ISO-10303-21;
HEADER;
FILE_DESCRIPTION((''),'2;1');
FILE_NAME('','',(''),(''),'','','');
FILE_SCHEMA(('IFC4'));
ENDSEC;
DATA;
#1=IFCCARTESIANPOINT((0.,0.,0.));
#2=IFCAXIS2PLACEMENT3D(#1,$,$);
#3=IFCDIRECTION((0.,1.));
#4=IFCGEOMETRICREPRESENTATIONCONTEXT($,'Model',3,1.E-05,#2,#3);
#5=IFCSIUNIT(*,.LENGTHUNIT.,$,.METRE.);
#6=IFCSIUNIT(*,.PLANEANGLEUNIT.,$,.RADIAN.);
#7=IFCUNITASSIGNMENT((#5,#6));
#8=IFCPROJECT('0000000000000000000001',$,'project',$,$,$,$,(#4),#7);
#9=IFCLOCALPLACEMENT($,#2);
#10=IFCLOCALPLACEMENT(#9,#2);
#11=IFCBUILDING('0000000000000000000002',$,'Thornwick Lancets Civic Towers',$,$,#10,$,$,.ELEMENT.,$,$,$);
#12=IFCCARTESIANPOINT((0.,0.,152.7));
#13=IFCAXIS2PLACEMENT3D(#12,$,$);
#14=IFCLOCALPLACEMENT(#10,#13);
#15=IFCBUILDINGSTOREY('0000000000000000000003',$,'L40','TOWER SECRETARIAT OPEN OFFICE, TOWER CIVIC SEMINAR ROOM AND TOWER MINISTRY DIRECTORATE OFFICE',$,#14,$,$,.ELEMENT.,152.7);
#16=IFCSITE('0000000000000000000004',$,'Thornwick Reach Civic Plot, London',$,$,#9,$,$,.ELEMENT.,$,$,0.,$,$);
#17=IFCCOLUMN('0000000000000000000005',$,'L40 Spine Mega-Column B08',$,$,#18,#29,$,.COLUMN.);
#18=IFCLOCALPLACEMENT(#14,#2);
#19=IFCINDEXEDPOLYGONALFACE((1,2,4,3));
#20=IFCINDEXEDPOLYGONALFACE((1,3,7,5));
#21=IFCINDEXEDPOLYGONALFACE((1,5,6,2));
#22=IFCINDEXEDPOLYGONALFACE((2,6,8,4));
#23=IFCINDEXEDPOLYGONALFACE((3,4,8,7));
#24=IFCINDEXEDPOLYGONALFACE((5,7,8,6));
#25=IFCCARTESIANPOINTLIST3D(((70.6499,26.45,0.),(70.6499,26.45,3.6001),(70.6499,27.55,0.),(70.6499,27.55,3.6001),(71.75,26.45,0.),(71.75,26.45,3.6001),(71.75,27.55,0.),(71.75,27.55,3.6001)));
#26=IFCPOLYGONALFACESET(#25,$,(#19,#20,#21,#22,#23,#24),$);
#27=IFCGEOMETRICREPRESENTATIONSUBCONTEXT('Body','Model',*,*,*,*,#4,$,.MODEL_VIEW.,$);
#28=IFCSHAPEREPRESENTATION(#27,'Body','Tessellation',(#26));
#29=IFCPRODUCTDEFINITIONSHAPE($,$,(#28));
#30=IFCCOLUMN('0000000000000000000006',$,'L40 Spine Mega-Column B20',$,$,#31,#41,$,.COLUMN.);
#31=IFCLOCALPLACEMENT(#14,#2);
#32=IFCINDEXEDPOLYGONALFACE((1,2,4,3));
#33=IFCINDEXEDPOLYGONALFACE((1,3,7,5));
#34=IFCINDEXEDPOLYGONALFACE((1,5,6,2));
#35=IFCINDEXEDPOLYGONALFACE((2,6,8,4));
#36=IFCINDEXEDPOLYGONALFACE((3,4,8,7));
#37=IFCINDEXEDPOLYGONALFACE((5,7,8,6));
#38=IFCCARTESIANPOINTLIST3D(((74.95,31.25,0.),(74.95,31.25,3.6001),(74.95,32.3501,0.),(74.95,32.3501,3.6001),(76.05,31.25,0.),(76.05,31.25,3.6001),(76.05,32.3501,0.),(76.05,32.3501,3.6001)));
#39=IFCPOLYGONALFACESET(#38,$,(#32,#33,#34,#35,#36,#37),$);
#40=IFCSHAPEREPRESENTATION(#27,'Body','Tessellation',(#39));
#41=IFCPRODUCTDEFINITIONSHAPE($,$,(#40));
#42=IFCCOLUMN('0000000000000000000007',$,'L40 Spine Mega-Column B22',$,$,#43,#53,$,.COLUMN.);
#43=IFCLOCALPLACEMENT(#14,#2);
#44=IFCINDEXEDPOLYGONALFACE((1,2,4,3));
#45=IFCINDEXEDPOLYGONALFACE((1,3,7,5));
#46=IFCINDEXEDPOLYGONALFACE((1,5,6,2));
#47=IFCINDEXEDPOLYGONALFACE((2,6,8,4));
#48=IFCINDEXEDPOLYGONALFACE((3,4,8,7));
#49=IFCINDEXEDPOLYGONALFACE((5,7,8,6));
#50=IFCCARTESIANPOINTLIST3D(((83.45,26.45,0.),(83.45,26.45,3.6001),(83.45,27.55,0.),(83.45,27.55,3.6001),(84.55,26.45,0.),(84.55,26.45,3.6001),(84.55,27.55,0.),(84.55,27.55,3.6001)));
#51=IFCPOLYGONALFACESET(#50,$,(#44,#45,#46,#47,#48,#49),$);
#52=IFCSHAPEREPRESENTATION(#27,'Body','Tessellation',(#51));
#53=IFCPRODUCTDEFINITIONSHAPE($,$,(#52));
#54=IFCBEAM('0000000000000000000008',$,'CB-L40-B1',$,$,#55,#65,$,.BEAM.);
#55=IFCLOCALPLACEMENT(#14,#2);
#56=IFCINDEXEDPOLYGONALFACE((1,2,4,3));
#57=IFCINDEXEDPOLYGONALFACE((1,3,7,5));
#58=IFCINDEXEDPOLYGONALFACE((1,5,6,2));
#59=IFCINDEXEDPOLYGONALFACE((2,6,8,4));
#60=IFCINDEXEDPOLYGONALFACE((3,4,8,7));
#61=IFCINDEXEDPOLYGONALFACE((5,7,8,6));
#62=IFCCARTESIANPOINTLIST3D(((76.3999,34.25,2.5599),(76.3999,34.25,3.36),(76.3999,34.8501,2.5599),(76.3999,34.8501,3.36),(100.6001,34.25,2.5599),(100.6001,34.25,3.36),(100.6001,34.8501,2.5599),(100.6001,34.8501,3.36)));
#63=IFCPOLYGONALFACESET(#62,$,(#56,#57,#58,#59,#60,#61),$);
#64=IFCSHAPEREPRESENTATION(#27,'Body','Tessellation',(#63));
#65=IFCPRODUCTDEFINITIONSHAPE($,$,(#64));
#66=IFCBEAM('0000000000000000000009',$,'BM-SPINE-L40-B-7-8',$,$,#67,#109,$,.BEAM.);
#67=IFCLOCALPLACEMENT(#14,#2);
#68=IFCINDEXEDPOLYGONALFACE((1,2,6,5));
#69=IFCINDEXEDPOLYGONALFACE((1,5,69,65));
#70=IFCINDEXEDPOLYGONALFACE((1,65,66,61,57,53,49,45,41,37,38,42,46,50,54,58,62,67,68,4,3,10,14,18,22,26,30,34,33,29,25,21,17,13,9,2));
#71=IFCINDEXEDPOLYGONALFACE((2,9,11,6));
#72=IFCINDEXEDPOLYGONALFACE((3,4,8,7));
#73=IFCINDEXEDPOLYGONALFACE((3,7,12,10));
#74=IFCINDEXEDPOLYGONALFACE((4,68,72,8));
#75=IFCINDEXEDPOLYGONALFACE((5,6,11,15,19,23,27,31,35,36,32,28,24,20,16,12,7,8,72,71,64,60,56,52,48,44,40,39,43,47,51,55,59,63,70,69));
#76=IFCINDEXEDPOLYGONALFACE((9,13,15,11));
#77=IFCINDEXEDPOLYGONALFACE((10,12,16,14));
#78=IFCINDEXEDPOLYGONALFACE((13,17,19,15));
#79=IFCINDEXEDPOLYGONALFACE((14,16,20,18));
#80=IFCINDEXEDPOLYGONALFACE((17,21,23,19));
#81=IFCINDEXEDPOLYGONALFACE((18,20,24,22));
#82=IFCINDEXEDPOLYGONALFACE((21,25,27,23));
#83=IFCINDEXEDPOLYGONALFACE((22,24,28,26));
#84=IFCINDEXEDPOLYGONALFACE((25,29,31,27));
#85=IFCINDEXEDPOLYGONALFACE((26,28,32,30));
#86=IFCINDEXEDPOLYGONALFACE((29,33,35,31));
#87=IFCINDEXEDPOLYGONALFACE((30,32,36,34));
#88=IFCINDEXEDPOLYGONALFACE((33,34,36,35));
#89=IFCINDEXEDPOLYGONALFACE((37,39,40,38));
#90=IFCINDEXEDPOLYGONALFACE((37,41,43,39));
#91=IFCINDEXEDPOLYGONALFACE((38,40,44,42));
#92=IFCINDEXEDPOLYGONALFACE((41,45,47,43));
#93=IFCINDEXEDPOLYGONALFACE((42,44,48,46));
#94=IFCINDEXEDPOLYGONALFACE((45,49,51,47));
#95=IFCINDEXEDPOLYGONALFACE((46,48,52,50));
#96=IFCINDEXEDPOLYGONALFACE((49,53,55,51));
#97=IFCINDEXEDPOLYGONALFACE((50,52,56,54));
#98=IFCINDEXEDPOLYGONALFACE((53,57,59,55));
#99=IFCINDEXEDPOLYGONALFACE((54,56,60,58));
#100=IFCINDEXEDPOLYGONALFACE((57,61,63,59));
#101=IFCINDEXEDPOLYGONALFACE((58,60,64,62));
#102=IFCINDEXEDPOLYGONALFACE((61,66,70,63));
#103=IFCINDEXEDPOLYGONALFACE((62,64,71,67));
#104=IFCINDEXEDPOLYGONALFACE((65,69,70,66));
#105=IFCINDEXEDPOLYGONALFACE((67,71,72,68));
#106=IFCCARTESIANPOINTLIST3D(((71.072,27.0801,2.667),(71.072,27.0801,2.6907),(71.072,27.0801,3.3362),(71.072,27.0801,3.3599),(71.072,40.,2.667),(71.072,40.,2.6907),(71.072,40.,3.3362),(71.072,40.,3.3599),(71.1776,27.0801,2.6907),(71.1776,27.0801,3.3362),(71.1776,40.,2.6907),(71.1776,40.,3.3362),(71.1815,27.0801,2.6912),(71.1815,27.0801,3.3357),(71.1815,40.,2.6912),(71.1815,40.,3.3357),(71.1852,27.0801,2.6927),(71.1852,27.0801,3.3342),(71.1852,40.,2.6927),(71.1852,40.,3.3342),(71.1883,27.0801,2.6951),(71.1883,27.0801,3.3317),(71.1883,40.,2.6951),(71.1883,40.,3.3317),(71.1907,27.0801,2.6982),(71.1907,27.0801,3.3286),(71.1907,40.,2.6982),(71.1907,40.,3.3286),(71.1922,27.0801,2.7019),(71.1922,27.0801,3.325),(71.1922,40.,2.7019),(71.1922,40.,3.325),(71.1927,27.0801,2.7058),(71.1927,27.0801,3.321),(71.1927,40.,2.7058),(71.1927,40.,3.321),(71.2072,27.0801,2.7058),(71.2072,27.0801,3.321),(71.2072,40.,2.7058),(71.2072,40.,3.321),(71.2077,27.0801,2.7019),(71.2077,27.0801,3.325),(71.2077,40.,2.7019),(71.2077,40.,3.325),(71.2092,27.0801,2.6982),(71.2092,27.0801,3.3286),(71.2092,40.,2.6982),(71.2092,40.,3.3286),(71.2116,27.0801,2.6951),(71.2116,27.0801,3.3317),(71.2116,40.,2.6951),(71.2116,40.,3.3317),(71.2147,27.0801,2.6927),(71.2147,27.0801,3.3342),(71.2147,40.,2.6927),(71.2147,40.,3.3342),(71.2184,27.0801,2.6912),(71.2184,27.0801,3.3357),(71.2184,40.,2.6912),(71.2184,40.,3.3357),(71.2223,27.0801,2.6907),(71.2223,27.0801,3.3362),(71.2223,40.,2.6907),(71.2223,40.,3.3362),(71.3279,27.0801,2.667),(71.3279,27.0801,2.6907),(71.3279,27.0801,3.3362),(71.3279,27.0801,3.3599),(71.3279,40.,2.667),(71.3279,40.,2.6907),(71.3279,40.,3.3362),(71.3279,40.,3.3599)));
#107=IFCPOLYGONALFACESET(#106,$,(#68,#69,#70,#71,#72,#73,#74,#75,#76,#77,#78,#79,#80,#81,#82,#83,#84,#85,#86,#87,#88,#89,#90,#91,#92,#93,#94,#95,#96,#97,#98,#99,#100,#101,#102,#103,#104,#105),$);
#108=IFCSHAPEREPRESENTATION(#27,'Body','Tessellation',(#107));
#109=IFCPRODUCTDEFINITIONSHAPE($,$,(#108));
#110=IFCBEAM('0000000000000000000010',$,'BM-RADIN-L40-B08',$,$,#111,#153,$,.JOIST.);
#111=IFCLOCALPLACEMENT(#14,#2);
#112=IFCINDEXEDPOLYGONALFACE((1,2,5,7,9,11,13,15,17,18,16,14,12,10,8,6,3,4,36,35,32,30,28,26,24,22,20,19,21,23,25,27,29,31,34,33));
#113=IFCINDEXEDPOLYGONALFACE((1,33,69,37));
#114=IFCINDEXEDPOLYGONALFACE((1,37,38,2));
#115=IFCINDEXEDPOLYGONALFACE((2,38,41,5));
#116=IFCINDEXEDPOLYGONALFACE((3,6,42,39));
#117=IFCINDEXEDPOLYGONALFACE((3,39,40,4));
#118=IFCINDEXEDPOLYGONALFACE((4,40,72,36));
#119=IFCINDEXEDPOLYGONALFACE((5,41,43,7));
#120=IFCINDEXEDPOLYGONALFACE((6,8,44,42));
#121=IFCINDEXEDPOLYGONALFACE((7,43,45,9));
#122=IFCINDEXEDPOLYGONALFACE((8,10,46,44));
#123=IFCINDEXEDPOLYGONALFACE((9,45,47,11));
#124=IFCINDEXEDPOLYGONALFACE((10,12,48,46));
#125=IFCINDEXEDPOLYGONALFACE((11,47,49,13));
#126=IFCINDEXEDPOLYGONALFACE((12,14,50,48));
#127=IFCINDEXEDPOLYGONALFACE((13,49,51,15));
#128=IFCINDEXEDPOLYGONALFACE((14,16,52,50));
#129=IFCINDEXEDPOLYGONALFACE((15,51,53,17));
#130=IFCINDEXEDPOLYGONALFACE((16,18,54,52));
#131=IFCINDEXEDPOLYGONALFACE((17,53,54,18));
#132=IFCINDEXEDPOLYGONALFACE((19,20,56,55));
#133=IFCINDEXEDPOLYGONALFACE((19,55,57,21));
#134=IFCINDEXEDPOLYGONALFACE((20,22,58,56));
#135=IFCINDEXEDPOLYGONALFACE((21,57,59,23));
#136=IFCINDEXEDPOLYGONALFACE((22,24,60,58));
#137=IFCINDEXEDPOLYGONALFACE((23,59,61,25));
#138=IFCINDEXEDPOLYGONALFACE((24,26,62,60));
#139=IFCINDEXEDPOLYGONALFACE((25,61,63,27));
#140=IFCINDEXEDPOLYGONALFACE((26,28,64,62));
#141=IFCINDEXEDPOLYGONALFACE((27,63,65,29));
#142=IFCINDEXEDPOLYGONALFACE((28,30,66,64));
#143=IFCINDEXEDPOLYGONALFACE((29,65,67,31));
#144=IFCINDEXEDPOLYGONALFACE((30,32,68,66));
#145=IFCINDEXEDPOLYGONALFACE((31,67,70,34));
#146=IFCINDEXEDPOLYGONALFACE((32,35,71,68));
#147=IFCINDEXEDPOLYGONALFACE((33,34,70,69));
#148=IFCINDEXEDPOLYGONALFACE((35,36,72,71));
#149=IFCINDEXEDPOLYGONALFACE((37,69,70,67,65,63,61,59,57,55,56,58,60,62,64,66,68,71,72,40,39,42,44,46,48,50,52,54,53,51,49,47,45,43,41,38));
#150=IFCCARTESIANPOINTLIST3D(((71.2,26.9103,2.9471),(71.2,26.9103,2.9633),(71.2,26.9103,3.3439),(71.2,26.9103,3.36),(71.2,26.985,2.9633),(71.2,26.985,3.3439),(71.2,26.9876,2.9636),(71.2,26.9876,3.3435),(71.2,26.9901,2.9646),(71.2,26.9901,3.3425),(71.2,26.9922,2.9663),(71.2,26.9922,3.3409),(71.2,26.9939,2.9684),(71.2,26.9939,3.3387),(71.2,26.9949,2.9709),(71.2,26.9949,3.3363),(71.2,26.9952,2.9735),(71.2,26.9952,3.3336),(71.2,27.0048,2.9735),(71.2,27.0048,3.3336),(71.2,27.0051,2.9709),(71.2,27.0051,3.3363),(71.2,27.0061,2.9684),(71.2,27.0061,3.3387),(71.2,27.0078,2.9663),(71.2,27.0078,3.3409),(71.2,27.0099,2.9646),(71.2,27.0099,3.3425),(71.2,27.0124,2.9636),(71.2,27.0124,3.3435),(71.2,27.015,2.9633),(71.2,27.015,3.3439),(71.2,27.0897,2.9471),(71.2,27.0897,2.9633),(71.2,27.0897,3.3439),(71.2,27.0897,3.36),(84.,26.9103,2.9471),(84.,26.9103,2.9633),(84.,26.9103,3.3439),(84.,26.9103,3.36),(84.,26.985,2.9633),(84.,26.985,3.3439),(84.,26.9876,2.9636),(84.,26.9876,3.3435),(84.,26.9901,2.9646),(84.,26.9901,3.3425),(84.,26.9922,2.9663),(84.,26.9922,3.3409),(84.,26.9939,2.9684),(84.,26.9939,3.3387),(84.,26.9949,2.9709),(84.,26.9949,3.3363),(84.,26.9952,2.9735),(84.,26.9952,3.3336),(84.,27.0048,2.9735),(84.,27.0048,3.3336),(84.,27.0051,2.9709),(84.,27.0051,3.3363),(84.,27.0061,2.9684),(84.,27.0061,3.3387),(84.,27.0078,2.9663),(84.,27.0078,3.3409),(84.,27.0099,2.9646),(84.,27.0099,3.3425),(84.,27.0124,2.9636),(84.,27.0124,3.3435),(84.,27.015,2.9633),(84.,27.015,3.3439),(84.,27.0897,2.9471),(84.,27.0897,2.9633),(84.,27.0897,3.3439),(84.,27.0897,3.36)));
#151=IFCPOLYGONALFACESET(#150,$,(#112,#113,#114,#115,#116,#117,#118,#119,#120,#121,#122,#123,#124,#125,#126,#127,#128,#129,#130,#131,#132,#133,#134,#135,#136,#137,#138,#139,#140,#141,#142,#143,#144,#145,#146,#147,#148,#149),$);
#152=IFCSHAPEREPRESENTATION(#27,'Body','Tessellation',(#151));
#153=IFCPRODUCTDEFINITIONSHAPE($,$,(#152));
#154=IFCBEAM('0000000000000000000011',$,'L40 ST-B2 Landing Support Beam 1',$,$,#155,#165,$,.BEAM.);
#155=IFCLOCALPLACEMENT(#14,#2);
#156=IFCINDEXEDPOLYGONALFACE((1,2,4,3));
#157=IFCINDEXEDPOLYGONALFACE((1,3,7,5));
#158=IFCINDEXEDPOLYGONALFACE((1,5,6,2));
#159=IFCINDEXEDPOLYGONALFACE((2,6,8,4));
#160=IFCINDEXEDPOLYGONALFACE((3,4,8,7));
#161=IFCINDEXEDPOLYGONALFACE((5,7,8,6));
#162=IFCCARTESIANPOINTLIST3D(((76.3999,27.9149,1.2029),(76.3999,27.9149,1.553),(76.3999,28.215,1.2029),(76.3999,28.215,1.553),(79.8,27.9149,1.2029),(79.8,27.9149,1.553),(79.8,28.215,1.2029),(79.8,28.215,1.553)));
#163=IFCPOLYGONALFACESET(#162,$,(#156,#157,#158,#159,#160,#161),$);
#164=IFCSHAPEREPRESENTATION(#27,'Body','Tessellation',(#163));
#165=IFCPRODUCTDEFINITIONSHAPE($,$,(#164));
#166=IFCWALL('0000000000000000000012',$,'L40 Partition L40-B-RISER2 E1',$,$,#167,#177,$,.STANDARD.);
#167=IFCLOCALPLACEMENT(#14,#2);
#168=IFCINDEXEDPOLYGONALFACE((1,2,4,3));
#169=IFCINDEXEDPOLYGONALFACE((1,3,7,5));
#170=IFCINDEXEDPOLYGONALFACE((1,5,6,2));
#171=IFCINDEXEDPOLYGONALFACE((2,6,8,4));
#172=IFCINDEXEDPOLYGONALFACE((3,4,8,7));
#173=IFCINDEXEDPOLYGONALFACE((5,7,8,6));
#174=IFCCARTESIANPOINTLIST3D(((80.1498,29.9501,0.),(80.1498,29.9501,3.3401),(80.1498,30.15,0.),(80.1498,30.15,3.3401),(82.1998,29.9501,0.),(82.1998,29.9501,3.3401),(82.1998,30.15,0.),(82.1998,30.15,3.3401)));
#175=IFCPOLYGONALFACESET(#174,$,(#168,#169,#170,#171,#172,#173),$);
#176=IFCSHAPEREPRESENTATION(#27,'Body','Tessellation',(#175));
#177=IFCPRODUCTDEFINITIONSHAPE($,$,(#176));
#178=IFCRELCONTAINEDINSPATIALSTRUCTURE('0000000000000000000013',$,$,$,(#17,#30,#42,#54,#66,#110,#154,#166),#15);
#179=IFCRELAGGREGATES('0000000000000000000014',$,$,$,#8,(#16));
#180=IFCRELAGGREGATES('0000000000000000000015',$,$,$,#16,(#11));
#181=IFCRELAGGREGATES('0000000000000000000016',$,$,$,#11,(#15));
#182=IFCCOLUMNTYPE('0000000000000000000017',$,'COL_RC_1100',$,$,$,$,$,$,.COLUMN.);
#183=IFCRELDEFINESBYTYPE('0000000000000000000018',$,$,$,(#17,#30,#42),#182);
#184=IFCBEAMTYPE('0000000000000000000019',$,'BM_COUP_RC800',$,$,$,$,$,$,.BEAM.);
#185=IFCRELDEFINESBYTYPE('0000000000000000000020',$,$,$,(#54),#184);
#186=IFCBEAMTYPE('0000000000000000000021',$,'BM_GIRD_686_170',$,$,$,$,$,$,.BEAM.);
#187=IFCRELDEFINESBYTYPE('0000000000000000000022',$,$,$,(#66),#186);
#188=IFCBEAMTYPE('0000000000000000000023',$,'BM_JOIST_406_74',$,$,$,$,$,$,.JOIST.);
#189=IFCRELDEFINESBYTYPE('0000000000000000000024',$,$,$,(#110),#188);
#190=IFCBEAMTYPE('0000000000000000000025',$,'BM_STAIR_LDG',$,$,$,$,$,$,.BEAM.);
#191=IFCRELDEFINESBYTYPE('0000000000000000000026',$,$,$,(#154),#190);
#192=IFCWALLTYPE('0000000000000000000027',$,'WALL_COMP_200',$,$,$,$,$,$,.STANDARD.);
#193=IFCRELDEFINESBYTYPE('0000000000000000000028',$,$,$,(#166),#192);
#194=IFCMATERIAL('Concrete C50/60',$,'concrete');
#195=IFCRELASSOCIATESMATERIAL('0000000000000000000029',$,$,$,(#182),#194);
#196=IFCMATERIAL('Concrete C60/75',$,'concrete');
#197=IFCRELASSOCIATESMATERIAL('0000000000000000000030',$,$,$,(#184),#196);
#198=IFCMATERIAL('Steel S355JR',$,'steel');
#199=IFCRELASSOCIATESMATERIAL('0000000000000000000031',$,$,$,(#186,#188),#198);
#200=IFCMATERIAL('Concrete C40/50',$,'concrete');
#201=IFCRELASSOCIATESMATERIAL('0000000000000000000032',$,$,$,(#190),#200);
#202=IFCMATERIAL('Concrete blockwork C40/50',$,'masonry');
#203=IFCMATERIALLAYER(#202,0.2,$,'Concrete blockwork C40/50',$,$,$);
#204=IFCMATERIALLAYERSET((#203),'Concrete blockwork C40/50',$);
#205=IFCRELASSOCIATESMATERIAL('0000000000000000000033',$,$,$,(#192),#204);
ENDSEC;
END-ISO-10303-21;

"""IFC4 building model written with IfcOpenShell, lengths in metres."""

from ifc_helpers import new_model, si_unit, direction, frame, frame_2d, origin, origin_2d, place, context, subcontext, project, spatial, rectangle, i_section, extrude, material, layer, layer_set, material_profile, profile_set, type_object, element, save


model = new_model("IFC4")

# Units and contexts
model_context = context("Model", 3, precision=1e-05, world=origin(), true_north=direction((0.0, 1.0)))
body_context = subcontext(model_context, "Body", "Model", "MODEL_VIEW")
ifc_project = project(units=[si_unit("LENGTHUNIT", "METRE"), si_unit("PLANEANGLEUNIT", "RADIAN")], contexts=[model_context])

# Site, building, storey
site_placement = place(None, origin())
site = spatial("IfcSite", under=ifc_project, at=site_placement, Name="Thornwick Reach Civic Plot, London", CompositionType="ELEMENT", RefElevation=0.0)
building_placement = place(site_placement, origin())
building = spatial("IfcBuilding", under=site, at=building_placement, Name="Thornwick Lancets Civic Towers", CompositionType="ELEMENT")
storey_placement = place(building_placement, frame((0.0, 0.0, 152.7)))
storey = spatial("IfcBuildingStorey", under=building, at=storey_placement, Name="L40", Description="TOWER SECRETARIAT OPEN OFFICE, TOWER CIVIC SEMINAR ROOM AND TOWER MINISTRY DIRECTORATE OFFICE", CompositionType="ELEMENT", Elevation=152.7)

# Columns
ifc_material_1 = material(Name="Concrete C50/60", Category="concrete")
ifc_material_profile_1 = material_profile(ifc_material_1, rectangle(XDim=1.1001, YDim=1.1001, at=origin_2d()), Name="RC 1100x1100")
ifc_profile_set_1 = profile_set([ifc_material_profile_1], Name="Concrete C50/60")
column_type = type_object("IfcColumnType", Name="COL_RC_1100", PredefinedType="COLUMN", material=ifc_profile_set_1)
for number, where, z_axis, x_axis, name in (
    (1, (71.2, 27.0, 0.0), (0.0, 0.0, 1.0), (1.0, 0.0, 0.0), "L40 Spine Mega-Column B08"),
    (2, (75.5, 31.8, 0.0), (0.0, 0.0, 1.0), (1.0, 0.0, 0.0), "L40 Spine Mega-Column B20"),
    (3, (84.0, 27.0, 0.0), (0.0, 0.0, 1.0), (1.0, 0.0, 0.0), "L40 Spine Mega-Column B22"),
):
    element("IfcColumn", number, at=place(storey_placement, frame(where, z_axis=z_axis, x_axis=x_axis)), inside=storey, type_object=column_type, Name=name, PredefinedType="COLUMN", context=body_context, shape_type="SweptSolid", body=[
        extrude(rectangle(XDim=1.1001, YDim=1.1001, at=origin_2d()), origin(), (0.0, 0.0, 1.0), 3.6001),
    ])

# Beams
ifc_material_2 = material(Name="Concrete C60/75", Category="concrete")
ifc_material_profile_2 = material_profile(ifc_material_2, rectangle(XDim=0.6001, YDim=0.8, at=origin_2d()), Name="RC 600x800")
ifc_profile_set_2 = profile_set([ifc_material_profile_2], Name="Concrete C60/75")
beam_type_1 = type_object("IfcBeamType", Name="BM_COUP_RC800", PredefinedType="BEAM", material=ifc_profile_set_2)
beam_1_placement = place(storey_placement, frame((76.3999, 34.55, 2.96), z_axis=(1.0, 0.0, 0.0), x_axis=(0.0, 1.0, 0.0)))
element("IfcBeam", 4, at=beam_1_placement, inside=storey, type_object=beam_type_1, Name="CB-L40-B1", PredefinedType="BEAM", context=body_context, shape_type="SweptSolid", body=[
    extrude(rectangle(XDim=0.6001, YDim=0.8, at=origin_2d()), origin(), (0.0, 0.0, 1.0), 24.2002),
])
ifc_material_3 = material(Name="Steel S355JR", Category="steel")
ifc_material_profile_3 = material_profile(ifc_material_3, i_section(OverallWidth=0.2559, OverallDepth=0.6929, WebThickness=0.0144, FlangeThickness=0.0237, FilletRadius=0.0151, at=origin_2d()), Name="UKB 686x254x170")
ifc_profile_set_3 = profile_set([ifc_material_profile_3], Name="Steel S355JR")
beam_type_2 = type_object("IfcBeamType", Name="BM_GIRD_686_170", PredefinedType="BEAM", material=ifc_profile_set_3)
beam_2_placement = place(storey_placement, frame((71.2, 27.0801, 3.0134), z_axis=(0.0, 1.0, 0.0), x_axis=(-1.0, 0.0, 0.0)))
element("IfcBeam", 5, at=beam_2_placement, inside=storey, type_object=beam_type_2, Name="BM-SPINE-L40-B-7-8", PredefinedType="BEAM", context=body_context, shape_type="SweptSolid", body=[
    extrude(i_section(OverallWidth=0.2559, OverallDepth=0.6929, WebThickness=0.0144, FlangeThickness=0.0237, FilletRadius=0.0151, at=origin_2d()), origin(), (0.0, 0.0, 1.0), 12.9199),
])
ifc_material_profile_4 = material_profile(ifc_material_3, i_section(OverallWidth=0.1794, OverallDepth=0.4128, WebThickness=0.0095, FlangeThickness=0.0161, FilletRadius=0.0103, at=origin_2d()), Name="UKB 406x178x74")
ifc_profile_set_4 = profile_set([ifc_material_profile_4], Name="Steel S355JR")
beam_type_3 = type_object("IfcBeamType", Name="BM_JOIST_406_74", PredefinedType="JOIST", material=ifc_profile_set_4)
beam_3_placement = place(storey_placement, frame((84.0, 27.0, 3.1536), z_axis=(-1.0, 0.0, 0.0), x_axis=(0.0, -1.0, 0.0)))
element("IfcBeam", 6, at=beam_3_placement, inside=storey, type_object=beam_type_3, Name="BM-RADIN-L40-B08", PredefinedType="JOIST", context=body_context, shape_type="SweptSolid", body=[
    extrude(i_section(OverallWidth=0.1794, OverallDepth=0.4128, WebThickness=0.0095, FlangeThickness=0.0161, FilletRadius=0.0103, at=origin_2d()), origin(), (0.0, 0.0, 1.0), 12.8),
])
ifc_material_4 = material(Name="Concrete C40/50", Category="concrete")
ifc_material_profile_5 = material_profile(ifc_material_4, rectangle(XDim=0.3, YDim=0.3501, at=origin_2d()), Name="RC 300x350")
ifc_profile_set_5 = profile_set([ifc_material_profile_5], Name="Concrete C40/50")
beam_type_4 = type_object("IfcBeamType", Name="BM_STAIR_LDG", PredefinedType="BEAM", material=ifc_profile_set_5)
beam_4_placement = place(storey_placement, frame((76.3999, 28.0649, 1.3779), z_axis=(1.0, 0.0, 0.0), x_axis=(0.0, 1.0, 0.0)))
element("IfcBeam", 7, at=beam_4_placement, inside=storey, type_object=beam_type_4, Name="L40 ST-B2 Landing Support Beam 1", PredefinedType="BEAM", context=body_context, shape_type="SweptSolid", body=[
    extrude(rectangle(XDim=0.3, YDim=0.3501, at=origin_2d()), origin(), (0.0, 0.0, 1.0), 3.4001),
])

# Wall
ifc_material_5 = material(Name="Concrete blockwork C40/50", Category="masonry")
ifc_layer_1 = layer(ifc_material_5, 0.2, Name="Concrete blockwork C40/50")
ifc_layer_set_1 = layer_set([ifc_layer_1], Name="Concrete blockwork C40/50")
wall_type_1 = type_object("IfcWallType", Name="WALL_COMP_200", PredefinedType="STANDARD", material=ifc_layer_set_1)
wall_1_placement = place(storey_placement, frame((80.1499, 30.05, 0.0), z_axis=(0.0, 0.0, 1.0), x_axis=(1.0, 0.0, 0.0)))
element("IfcWall", 8, at=wall_1_placement, inside=storey, type_object=wall_type_1, Name="L40 Partition L40-B-RISER2 E1", PredefinedType="STANDARD", context=body_context, shape_type="SweptSolid", body=[
    extrude(rectangle(XDim=2.05, YDim=0.2, at=frame_2d((1.0249, 0.0))), origin(), (0.0, 0.0, 1.0), 3.3401),
])

save(model, "model.ifc")
